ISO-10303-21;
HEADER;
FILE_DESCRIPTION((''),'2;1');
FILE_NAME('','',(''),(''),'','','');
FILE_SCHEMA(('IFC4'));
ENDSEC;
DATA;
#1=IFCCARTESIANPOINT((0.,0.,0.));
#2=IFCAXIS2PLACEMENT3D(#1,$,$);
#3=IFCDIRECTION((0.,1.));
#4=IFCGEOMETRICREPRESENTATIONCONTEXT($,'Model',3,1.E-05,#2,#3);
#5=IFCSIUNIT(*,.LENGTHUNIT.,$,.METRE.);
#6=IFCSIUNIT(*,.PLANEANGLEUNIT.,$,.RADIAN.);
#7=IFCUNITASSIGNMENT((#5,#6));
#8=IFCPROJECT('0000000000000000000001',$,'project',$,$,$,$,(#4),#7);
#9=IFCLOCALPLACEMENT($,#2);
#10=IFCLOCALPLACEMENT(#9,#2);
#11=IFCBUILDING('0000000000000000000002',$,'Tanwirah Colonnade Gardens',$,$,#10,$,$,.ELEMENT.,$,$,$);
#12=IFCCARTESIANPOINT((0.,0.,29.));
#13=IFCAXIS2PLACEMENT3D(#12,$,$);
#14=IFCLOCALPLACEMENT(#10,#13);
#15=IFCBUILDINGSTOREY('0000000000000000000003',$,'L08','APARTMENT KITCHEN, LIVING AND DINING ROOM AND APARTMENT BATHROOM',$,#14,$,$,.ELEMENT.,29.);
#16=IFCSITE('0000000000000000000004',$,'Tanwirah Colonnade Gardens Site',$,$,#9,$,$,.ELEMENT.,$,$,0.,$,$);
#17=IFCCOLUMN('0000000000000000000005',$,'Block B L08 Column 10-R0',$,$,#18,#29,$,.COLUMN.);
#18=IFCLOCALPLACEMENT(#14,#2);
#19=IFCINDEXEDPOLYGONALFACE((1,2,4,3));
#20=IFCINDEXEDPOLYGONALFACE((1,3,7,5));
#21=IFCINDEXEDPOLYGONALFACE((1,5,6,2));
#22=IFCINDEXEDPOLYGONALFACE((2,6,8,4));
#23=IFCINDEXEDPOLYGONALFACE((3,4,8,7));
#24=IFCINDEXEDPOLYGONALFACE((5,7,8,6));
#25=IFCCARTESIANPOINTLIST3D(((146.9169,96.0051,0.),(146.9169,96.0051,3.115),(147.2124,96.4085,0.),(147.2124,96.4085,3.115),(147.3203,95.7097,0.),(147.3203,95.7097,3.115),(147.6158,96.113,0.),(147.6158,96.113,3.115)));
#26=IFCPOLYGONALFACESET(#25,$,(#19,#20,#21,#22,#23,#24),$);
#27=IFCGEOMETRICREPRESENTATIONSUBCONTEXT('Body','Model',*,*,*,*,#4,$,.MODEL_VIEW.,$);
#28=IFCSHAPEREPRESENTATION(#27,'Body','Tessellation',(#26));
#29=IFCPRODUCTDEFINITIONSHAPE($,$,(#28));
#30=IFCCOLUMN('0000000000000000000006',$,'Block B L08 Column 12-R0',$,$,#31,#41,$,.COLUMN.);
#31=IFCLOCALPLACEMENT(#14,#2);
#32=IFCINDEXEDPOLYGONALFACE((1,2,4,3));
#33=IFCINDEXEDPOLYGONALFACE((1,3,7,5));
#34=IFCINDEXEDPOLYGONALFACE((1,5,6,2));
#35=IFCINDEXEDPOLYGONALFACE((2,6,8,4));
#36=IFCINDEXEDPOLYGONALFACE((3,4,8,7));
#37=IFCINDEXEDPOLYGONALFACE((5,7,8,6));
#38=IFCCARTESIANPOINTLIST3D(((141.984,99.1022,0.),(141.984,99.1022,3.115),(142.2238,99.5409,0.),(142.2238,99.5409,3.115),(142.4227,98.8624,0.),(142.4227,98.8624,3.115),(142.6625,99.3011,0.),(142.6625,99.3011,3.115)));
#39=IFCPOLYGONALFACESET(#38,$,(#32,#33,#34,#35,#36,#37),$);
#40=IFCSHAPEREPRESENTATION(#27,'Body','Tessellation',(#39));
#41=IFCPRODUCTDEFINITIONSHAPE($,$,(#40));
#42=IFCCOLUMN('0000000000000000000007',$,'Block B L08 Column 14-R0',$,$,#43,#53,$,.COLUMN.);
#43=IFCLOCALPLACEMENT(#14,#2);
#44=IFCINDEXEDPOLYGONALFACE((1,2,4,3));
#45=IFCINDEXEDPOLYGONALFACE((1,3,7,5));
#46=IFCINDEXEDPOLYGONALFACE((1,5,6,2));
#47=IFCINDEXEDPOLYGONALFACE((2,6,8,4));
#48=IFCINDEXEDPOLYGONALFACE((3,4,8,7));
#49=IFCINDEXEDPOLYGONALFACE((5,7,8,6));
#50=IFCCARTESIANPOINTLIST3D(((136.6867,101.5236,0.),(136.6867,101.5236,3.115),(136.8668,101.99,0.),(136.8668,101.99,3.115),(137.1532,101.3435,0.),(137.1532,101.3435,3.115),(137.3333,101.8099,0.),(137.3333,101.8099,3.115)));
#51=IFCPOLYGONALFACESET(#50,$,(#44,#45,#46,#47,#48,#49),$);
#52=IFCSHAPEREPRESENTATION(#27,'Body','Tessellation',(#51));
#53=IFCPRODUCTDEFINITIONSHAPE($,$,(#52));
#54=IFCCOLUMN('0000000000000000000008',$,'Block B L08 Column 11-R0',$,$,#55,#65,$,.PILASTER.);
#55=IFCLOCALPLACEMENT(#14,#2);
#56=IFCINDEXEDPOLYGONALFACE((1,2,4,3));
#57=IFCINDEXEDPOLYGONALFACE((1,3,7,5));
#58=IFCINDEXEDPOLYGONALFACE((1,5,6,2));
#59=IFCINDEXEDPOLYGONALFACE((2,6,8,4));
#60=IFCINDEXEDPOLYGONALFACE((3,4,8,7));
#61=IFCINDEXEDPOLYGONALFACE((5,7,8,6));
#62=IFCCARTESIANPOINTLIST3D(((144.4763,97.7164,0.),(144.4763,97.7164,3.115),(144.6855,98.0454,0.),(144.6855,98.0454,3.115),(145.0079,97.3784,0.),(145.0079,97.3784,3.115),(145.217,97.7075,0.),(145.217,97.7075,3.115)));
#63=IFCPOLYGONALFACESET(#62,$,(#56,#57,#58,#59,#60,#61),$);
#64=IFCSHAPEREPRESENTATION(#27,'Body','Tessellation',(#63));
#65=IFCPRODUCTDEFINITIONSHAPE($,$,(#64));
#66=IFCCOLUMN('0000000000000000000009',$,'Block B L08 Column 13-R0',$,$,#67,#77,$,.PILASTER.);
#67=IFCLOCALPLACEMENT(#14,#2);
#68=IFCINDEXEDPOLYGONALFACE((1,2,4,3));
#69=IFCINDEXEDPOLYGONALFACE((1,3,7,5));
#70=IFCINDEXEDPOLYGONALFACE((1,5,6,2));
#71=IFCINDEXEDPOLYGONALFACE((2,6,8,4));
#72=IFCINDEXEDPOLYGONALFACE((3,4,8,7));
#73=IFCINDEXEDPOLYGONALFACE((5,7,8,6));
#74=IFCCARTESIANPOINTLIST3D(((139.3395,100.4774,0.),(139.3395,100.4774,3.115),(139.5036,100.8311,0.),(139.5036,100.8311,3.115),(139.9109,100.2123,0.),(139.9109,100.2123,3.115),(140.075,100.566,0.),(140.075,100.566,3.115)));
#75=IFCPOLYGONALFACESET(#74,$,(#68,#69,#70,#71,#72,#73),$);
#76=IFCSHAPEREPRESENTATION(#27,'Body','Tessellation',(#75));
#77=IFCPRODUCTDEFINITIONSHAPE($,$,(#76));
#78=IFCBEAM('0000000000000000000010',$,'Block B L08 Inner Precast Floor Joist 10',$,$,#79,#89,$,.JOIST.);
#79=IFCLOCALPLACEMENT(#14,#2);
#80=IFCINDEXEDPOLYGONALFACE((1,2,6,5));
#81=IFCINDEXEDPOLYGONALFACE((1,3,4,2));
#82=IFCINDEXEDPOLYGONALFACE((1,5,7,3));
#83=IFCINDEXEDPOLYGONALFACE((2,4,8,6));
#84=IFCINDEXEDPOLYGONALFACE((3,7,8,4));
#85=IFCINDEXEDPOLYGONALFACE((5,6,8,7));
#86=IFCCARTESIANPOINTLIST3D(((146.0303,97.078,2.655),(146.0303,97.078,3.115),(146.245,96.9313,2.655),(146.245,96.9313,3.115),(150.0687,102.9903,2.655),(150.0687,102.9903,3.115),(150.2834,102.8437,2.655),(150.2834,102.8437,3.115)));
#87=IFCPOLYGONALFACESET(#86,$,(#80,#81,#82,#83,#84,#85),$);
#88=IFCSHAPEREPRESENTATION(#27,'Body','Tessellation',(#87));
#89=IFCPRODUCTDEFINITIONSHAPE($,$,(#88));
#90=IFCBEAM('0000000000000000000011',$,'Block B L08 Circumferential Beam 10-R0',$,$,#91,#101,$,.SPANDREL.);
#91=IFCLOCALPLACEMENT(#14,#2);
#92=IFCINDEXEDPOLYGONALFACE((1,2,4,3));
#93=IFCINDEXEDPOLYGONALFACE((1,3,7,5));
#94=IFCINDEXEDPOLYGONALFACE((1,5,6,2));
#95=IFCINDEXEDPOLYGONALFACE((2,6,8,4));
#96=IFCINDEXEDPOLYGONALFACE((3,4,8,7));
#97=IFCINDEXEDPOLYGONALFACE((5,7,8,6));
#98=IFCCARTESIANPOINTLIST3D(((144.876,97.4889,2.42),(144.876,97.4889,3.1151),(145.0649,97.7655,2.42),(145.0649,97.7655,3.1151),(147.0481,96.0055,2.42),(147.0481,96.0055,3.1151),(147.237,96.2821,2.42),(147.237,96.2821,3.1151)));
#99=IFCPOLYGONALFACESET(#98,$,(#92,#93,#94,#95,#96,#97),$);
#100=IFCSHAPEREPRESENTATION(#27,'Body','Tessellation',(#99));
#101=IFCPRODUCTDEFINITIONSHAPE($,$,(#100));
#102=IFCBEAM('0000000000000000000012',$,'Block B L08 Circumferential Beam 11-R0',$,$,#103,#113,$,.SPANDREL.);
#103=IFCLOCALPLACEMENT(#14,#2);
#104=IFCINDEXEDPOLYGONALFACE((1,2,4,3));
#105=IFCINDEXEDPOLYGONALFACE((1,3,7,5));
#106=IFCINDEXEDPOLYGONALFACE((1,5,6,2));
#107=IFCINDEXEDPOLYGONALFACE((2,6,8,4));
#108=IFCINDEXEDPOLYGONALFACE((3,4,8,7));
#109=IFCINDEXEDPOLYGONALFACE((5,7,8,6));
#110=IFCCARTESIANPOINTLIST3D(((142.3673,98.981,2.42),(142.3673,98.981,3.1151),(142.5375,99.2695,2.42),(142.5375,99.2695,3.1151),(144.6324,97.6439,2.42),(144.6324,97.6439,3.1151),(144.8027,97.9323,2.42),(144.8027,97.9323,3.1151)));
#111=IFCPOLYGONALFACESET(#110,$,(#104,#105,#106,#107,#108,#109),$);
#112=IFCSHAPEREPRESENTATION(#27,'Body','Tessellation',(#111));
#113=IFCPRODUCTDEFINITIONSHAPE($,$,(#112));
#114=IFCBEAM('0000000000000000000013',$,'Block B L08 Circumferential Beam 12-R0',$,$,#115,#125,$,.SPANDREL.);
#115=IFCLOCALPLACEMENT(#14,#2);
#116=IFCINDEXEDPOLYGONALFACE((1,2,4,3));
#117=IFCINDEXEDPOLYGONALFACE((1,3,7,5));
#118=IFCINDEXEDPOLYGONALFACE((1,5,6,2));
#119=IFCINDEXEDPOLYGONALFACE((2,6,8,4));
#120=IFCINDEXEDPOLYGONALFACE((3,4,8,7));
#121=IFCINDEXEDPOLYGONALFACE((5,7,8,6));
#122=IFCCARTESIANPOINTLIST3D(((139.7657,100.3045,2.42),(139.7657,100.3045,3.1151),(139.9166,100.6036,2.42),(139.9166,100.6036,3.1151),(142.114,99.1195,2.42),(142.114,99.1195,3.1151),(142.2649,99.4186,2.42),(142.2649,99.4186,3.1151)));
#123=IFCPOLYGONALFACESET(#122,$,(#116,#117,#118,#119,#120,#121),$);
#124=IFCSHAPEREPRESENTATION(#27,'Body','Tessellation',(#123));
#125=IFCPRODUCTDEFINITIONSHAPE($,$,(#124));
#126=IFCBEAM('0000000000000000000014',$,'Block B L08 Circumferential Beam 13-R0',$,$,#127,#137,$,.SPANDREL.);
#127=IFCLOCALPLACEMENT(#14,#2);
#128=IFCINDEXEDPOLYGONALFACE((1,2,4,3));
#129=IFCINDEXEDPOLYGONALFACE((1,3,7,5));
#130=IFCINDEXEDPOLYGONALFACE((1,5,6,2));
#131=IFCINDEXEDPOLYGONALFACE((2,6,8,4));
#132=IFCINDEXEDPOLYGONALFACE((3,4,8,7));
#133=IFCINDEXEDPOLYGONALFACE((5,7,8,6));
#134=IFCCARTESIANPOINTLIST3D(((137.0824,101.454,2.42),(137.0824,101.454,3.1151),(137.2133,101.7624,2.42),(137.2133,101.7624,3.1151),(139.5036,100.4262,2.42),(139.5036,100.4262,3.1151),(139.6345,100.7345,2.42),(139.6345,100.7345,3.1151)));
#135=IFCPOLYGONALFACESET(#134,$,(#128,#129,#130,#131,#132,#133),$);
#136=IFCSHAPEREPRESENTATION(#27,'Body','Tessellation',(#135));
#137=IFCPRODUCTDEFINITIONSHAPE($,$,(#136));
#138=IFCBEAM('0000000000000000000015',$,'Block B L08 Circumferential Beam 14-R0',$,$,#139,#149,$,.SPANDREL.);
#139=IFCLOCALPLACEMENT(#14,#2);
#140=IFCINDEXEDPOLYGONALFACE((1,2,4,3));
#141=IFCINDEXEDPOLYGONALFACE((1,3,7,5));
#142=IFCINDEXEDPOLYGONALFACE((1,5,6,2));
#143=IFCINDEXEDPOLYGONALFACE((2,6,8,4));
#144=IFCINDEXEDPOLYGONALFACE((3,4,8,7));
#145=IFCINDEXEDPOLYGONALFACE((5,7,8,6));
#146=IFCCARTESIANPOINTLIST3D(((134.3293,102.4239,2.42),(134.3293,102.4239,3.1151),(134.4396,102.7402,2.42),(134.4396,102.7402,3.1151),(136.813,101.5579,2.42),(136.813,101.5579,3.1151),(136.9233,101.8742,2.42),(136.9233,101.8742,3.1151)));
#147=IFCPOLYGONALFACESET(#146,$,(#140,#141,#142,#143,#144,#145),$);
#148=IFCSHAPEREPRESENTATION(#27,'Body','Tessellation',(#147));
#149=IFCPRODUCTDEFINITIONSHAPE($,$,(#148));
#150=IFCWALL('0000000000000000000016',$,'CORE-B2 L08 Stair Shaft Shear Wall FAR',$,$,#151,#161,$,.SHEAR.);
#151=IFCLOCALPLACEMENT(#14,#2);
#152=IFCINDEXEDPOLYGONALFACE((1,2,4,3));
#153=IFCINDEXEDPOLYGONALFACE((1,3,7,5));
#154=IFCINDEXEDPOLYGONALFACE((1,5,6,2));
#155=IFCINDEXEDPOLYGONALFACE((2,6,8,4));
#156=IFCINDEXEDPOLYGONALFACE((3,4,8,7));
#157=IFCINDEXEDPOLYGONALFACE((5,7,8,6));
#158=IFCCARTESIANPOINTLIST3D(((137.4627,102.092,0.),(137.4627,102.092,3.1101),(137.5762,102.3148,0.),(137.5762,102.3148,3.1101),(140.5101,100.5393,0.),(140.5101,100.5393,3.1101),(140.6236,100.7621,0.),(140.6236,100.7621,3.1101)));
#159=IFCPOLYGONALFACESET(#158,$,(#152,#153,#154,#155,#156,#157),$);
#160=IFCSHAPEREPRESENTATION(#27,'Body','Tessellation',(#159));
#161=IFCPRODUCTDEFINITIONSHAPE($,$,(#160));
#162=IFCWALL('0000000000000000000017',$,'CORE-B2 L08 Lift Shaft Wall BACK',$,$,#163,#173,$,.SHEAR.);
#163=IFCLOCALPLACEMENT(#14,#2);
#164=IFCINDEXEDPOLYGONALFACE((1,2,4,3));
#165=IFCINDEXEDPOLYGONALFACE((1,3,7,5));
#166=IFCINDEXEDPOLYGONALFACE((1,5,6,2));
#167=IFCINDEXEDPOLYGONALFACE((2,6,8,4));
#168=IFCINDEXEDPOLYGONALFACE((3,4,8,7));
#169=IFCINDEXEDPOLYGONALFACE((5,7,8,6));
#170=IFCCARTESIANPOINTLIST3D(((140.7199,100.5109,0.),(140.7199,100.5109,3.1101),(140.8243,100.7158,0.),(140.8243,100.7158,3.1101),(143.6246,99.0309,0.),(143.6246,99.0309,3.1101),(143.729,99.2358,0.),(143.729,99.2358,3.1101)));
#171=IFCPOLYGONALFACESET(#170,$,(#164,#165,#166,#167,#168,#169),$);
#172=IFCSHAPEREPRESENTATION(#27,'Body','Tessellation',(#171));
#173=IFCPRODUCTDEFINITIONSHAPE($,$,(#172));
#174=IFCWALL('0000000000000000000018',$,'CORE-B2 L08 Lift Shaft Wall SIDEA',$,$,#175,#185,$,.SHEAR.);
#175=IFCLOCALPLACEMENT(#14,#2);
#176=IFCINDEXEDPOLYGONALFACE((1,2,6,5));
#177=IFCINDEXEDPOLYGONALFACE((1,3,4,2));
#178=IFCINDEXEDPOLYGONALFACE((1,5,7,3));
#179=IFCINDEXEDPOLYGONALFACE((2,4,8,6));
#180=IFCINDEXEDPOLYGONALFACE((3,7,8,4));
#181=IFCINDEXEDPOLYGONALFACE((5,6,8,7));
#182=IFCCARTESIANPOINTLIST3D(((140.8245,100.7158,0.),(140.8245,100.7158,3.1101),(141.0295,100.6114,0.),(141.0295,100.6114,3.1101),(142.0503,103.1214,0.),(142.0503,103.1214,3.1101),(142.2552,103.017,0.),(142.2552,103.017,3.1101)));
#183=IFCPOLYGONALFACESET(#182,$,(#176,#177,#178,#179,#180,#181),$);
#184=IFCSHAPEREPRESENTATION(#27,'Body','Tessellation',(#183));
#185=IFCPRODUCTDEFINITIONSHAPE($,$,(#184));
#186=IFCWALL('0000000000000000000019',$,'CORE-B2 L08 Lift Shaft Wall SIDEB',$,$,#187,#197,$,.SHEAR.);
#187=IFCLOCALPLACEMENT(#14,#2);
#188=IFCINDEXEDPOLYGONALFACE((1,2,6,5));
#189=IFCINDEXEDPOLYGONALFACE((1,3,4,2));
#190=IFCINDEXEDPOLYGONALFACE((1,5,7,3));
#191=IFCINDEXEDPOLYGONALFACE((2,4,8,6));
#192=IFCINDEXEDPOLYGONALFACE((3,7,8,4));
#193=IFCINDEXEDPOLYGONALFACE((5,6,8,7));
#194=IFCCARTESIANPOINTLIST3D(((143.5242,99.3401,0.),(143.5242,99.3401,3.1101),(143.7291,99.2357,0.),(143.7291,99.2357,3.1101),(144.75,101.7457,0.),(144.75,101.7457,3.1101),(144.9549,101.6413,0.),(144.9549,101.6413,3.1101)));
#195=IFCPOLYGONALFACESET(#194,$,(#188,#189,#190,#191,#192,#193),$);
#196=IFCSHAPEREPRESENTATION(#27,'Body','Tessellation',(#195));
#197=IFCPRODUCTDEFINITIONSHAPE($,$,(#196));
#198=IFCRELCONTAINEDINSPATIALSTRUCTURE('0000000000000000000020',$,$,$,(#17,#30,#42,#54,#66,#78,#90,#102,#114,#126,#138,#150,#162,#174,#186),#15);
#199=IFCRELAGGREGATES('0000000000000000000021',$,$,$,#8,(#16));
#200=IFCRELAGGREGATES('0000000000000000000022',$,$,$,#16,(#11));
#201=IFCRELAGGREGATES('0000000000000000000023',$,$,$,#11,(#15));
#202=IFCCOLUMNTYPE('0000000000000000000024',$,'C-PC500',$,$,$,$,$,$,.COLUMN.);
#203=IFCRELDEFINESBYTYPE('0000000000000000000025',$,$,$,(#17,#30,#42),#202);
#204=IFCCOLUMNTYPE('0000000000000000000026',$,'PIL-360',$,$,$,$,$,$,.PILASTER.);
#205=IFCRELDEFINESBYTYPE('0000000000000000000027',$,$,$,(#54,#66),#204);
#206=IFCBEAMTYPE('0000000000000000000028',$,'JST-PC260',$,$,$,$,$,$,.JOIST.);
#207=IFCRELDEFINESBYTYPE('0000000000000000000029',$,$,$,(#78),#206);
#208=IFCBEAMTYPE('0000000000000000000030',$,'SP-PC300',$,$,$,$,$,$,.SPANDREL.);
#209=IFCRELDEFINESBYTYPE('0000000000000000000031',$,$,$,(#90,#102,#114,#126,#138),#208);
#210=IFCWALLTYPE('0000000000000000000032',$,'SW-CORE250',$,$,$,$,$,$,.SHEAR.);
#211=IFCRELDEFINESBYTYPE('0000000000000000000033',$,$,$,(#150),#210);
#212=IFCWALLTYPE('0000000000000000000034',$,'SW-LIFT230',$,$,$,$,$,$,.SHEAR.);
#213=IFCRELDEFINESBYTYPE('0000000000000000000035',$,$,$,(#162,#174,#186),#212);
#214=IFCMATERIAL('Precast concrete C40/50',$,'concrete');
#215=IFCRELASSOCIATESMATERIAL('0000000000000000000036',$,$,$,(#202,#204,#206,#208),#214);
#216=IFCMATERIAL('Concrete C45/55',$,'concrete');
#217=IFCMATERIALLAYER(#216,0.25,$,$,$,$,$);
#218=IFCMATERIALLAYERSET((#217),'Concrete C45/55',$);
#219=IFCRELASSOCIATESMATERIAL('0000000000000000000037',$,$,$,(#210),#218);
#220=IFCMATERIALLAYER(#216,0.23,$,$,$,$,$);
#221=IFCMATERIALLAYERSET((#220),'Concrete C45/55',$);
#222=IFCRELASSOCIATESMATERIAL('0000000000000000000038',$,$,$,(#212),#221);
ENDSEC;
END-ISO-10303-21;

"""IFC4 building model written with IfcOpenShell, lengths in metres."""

from ifc_helpers import new_model, si_unit, direction, frame, frame_2d, origin, origin_2d, place, context, subcontext, project, spatial, rectangle, extrude, material, layer, layer_set, material_profile, profile_set, type_object, element, save


model = new_model("IFC4")

# Units and contexts
model_context = context("Model", 3, precision=1e-05, world=origin(), true_north=direction((0.0, 1.0)))
body_context = subcontext(model_context, "Body", "Model", "MODEL_VIEW")
ifc_project = project(units=[si_unit("LENGTHUNIT", "METRE"), si_unit("PLANEANGLEUNIT", "RADIAN")], contexts=[model_context])

# Site, building, storey
site_placement = place(None, origin())
site = spatial("IfcSite", under=ifc_project, at=site_placement, Name="Tanwirah Colonnade Gardens Site", CompositionType="ELEMENT", RefElevation=0.0)
building_placement = place(site_placement, origin())
building = spatial("IfcBuilding", under=site, at=building_placement, Name="Tanwirah Colonnade Gardens", CompositionType="ELEMENT")
storey_placement = place(building_placement, frame((0.0, 0.0, 29.0)))
storey = spatial("IfcBuildingStorey", under=building, at=storey_placement, Name="L08", Description="APARTMENT KITCHEN, LIVING AND DINING ROOM AND APARTMENT BATHROOM", CompositionType="ELEMENT", Elevation=29.0)

# Columns
ifc_material_1 = material(Name="Precast concrete C40/50", Category="concrete")
ifc_material_profile_1 = material_profile(ifc_material_1, rectangle(XDim=0.5, YDim=0.5, at=origin_2d()), Name="PC-COL 500x500")
ifc_profile_set_1 = profile_set([ifc_material_profile_1], Name="Precast concrete C40/50")
column_type_1 = type_object("IfcColumnType", Name="C-PC500", PredefinedType="COLUMN", material=ifc_profile_set_1)
for number, where, z_axis, x_axis, name in (
    (1, (147.2664, 96.0591, 0.0), (0.0, 0.0, 1.0), (0.590919, 0.806731, 0.0), "Block B L08 Column 10-R0"),
    (2, (142.3232, 99.2017, 0.0), (0.0, 0.0, 1.0), (0.479713, 0.877425, 0.0), "Block B L08 Column 12-R0"),
    (3, (137.01, 101.6667, 0.0), (0.0, 0.0, 1.0), (0.360178, 0.932884, 0.0), "Block B L08 Column 14-R0"),
):
    element("IfcColumn", number, at=place(storey_placement, frame(where, z_axis=z_axis, x_axis=x_axis)), inside=storey, type_object=column_type_1, Name=name, PredefinedType="COLUMN", context=body_context, shape_type="SweptSolid", body=[
        extrude(rectangle(XDim=0.5, YDim=0.5, at=origin_2d()), origin(), (0.0, 0.0, 1.0), 3.115),
    ])
ifc_material_profile_2 = material_profile(ifc_material_1, rectangle(XDim=0.3899, YDim=0.6299, at=origin_2d()), Name="PC-PIL 390x630")
ifc_profile_set_2 = profile_set([ifc_material_profile_2], Name="Precast concrete C40/50")
column_type_2 = type_object("IfcColumnType", Name="PIL-360", PredefinedType="PILASTER", material=ifc_profile_set_2)
for number, where, z_axis, x_axis, name in (
    (4, (144.8467, 97.7119, 0.0), (0.0, 0.0, 1.0), (0.536482, 0.843912, 0.0), "Block B L08 Column 11-R0"),
    (5, (139.7073, 100.5217, 0.0), (0.0, 0.0, 1.0), (0.42086, 0.907126, 0.0), "Block B L08 Column 13-R0"),
):
    element("IfcColumn", number, at=place(storey_placement, frame(where, z_axis=z_axis, x_axis=x_axis)), inside=storey, type_object=column_type_2, Name=name, PredefinedType="PILASTER", context=body_context, shape_type="SweptSolid", body=[
        extrude(rectangle(XDim=0.3899, YDim=0.6299, at=origin_2d()), origin(), (0.0, 0.0, 1.0), 3.115),
    ])

# Beams
ifc_material_profile_3 = material_profile(ifc_material_1, rectangle(XDim=0.26, YDim=0.46, at=origin_2d()), Name="PC-JST 260x460")
ifc_profile_set_3 = profile_set([ifc_material_profile_3], Name="Precast concrete C40/50")
beam_type_1 = type_object("IfcBeamType", Name="JST-PC260", PredefinedType="JOIST", material=ifc_profile_set_3)
beam_placement = place(storey_placement, frame((146.1377, 97.0046, 2.885), z_axis=(0.564021, 0.82576, 0.0), x_axis=(-0.82576, 0.564021, 0.0)))
element("IfcBeam", 6, at=beam_placement, inside=storey, type_object=beam_type_1, Name="Block B L08 Inner Precast Floor Joist 10", PredefinedType="JOIST", context=body_context, shape_type="SweptSolid", body=[
    extrude(rectangle(XDim=0.26, YDim=0.46, at=origin_2d()), origin(), (0.0, 0.0, 1.0), 7.1599),
])
ifc_material_profile_4 = material_profile(ifc_material_1, rectangle(XDim=0.335, YDim=0.6951, at=origin_2d()), Name="PC-SP 335x695")
ifc_profile_set_4 = profile_set([ifc_material_profile_4], Name="Precast concrete C40/50")
beam_type_2 = type_object("IfcBeamType", Name="SP-PC300", PredefinedType="SPANDREL", material=ifc_profile_set_4)
for number, where, z_axis, x_axis, name in (
    (7, (147.1426, 96.1438, 2.7676), (-0.825801, 0.563962, 0.0), (-0.563962, -0.825801, 0.0), "Block B L08 Circumferential Beam 10-R0"),
    (8, (144.7175, 97.7881, 2.7676), (-0.861148, 0.508354, 0.0), (-0.508354, -0.861148, 0.0), "Block B L08 Circumferential Beam 11-R0"),
    (9, (142.1895, 99.269, 2.7676), (-0.892769, 0.450515, 0.0), (-0.450515, -0.892769, 0.0), "Block B L08 Circumferential Beam 12-R0"),
    (10, (139.5691, 100.5803, 2.7676), (-0.920489, 0.390769, 0.0), (-0.390769, -0.920489, 0.0), "Block B L08 Circumferential Beam 13-R0"),
    (11, (136.8682, 101.7161, 2.7676), (-0.94425, 0.32923, 0.0), (-0.32923, -0.94425, 0.0), "Block B L08 Circumferential Beam 14-R0"),
):
    element("IfcBeam", number, at=place(storey_placement, frame(where, z_axis=z_axis, x_axis=x_axis)), inside=storey, type_object=beam_type_2, Name=name, PredefinedType="SPANDREL", context=body_context, shape_type="SweptSolid", body=[
        extrude(rectangle(XDim=0.335, YDim=0.6951, at=origin_2d()), origin(), (0.0, 0.0, 1.0), 2.6304),
    ])

# Wall
ifc_material_2 = material(Name="Concrete C45/55", Category="concrete")
ifc_layer_1 = layer(ifc_material_2, 0.25)
ifc_layer_set_1 = layer_set([ifc_layer_1], Name="Concrete C45/55")
wall_type_1 = type_object("IfcWallType", Name="SW-CORE250", PredefinedType="SHEAR", material=ifc_layer_set_1)
wall_1_placement = place(storey_placement, frame((137.5195, 102.2034, 0.0), z_axis=(0.0, 0.0, 1.0), x_axis=(0.891004, -0.453996, 0.0)))
element("IfcWall", 12, at=wall_1_placement, inside=storey, type_object=wall_type_1, Name="CORE-B2 L08 Stair Shaft Shear Wall FAR", PredefinedType="SHEAR", context=body_context, shape_type="SweptSolid", body=[
    extrude(rectangle(XDim=3.4202, YDim=0.25, at=frame_2d((1.71, 0.0))), origin(), (0.0, 0.0, 1.0), 3.1101),
])

# Shared definitions
ifc_layer_2 = layer(ifc_material_2, 0.23)
ifc_layer_set_2 = layer_set([ifc_layer_2], Name="Concrete C45/55")
wall_type_2 = type_object("IfcWallType", Name="SW-LIFT230", PredefinedType="SHEAR", material=ifc_layer_set_2)

# Walls
wall_2_placement = place(storey_placement, frame((140.7722, 100.6133, 0.0), z_axis=(0.0, 0.0, 1.0), x_axis=(0.891017, -0.453971, 0.0)))
element("IfcWall", 13, at=wall_2_placement, inside=storey, type_object=wall_type_2, Name="CORE-B2 L08 Lift Shaft Wall BACK", PredefinedType="SHEAR", context=body_context, shape_type="SweptSolid", body=[
    extrude(rectangle(XDim=3.26, YDim=0.23, at=frame_2d((1.6299, 0.0))), origin(), (0.0, 0.0, 1.0), 3.1101),
])
for number, where, z_axis, x_axis, name in (
    (14, (142.1528, 103.0693, 0.0), (0.0, 0.0, 1.0), (-0.454, -0.891002, 0.0), "CORE-B2 L08 Lift Shaft Wall SIDEA"),
    (15, (144.8525, 101.6936, 0.0), (0.0, 0.0, 1.0), (-0.454037, -0.890983, 0.0), "CORE-B2 L08 Lift Shaft Wall SIDEB"),
):
    element("IfcWall", number, at=place(storey_placement, frame(where, z_axis=z_axis, x_axis=x_axis)), inside=storey, type_object=wall_type_2, Name=name, PredefinedType="SHEAR", context=body_context, shape_type="SweptSolid", body=[
        extrude(rectangle(XDim=2.7, YDim=0.23, at=frame_2d((1.3501, 0.0))), origin(), (0.0, 0.0, 1.0), 3.1101),
    ])

save(model, "model.ifc")
